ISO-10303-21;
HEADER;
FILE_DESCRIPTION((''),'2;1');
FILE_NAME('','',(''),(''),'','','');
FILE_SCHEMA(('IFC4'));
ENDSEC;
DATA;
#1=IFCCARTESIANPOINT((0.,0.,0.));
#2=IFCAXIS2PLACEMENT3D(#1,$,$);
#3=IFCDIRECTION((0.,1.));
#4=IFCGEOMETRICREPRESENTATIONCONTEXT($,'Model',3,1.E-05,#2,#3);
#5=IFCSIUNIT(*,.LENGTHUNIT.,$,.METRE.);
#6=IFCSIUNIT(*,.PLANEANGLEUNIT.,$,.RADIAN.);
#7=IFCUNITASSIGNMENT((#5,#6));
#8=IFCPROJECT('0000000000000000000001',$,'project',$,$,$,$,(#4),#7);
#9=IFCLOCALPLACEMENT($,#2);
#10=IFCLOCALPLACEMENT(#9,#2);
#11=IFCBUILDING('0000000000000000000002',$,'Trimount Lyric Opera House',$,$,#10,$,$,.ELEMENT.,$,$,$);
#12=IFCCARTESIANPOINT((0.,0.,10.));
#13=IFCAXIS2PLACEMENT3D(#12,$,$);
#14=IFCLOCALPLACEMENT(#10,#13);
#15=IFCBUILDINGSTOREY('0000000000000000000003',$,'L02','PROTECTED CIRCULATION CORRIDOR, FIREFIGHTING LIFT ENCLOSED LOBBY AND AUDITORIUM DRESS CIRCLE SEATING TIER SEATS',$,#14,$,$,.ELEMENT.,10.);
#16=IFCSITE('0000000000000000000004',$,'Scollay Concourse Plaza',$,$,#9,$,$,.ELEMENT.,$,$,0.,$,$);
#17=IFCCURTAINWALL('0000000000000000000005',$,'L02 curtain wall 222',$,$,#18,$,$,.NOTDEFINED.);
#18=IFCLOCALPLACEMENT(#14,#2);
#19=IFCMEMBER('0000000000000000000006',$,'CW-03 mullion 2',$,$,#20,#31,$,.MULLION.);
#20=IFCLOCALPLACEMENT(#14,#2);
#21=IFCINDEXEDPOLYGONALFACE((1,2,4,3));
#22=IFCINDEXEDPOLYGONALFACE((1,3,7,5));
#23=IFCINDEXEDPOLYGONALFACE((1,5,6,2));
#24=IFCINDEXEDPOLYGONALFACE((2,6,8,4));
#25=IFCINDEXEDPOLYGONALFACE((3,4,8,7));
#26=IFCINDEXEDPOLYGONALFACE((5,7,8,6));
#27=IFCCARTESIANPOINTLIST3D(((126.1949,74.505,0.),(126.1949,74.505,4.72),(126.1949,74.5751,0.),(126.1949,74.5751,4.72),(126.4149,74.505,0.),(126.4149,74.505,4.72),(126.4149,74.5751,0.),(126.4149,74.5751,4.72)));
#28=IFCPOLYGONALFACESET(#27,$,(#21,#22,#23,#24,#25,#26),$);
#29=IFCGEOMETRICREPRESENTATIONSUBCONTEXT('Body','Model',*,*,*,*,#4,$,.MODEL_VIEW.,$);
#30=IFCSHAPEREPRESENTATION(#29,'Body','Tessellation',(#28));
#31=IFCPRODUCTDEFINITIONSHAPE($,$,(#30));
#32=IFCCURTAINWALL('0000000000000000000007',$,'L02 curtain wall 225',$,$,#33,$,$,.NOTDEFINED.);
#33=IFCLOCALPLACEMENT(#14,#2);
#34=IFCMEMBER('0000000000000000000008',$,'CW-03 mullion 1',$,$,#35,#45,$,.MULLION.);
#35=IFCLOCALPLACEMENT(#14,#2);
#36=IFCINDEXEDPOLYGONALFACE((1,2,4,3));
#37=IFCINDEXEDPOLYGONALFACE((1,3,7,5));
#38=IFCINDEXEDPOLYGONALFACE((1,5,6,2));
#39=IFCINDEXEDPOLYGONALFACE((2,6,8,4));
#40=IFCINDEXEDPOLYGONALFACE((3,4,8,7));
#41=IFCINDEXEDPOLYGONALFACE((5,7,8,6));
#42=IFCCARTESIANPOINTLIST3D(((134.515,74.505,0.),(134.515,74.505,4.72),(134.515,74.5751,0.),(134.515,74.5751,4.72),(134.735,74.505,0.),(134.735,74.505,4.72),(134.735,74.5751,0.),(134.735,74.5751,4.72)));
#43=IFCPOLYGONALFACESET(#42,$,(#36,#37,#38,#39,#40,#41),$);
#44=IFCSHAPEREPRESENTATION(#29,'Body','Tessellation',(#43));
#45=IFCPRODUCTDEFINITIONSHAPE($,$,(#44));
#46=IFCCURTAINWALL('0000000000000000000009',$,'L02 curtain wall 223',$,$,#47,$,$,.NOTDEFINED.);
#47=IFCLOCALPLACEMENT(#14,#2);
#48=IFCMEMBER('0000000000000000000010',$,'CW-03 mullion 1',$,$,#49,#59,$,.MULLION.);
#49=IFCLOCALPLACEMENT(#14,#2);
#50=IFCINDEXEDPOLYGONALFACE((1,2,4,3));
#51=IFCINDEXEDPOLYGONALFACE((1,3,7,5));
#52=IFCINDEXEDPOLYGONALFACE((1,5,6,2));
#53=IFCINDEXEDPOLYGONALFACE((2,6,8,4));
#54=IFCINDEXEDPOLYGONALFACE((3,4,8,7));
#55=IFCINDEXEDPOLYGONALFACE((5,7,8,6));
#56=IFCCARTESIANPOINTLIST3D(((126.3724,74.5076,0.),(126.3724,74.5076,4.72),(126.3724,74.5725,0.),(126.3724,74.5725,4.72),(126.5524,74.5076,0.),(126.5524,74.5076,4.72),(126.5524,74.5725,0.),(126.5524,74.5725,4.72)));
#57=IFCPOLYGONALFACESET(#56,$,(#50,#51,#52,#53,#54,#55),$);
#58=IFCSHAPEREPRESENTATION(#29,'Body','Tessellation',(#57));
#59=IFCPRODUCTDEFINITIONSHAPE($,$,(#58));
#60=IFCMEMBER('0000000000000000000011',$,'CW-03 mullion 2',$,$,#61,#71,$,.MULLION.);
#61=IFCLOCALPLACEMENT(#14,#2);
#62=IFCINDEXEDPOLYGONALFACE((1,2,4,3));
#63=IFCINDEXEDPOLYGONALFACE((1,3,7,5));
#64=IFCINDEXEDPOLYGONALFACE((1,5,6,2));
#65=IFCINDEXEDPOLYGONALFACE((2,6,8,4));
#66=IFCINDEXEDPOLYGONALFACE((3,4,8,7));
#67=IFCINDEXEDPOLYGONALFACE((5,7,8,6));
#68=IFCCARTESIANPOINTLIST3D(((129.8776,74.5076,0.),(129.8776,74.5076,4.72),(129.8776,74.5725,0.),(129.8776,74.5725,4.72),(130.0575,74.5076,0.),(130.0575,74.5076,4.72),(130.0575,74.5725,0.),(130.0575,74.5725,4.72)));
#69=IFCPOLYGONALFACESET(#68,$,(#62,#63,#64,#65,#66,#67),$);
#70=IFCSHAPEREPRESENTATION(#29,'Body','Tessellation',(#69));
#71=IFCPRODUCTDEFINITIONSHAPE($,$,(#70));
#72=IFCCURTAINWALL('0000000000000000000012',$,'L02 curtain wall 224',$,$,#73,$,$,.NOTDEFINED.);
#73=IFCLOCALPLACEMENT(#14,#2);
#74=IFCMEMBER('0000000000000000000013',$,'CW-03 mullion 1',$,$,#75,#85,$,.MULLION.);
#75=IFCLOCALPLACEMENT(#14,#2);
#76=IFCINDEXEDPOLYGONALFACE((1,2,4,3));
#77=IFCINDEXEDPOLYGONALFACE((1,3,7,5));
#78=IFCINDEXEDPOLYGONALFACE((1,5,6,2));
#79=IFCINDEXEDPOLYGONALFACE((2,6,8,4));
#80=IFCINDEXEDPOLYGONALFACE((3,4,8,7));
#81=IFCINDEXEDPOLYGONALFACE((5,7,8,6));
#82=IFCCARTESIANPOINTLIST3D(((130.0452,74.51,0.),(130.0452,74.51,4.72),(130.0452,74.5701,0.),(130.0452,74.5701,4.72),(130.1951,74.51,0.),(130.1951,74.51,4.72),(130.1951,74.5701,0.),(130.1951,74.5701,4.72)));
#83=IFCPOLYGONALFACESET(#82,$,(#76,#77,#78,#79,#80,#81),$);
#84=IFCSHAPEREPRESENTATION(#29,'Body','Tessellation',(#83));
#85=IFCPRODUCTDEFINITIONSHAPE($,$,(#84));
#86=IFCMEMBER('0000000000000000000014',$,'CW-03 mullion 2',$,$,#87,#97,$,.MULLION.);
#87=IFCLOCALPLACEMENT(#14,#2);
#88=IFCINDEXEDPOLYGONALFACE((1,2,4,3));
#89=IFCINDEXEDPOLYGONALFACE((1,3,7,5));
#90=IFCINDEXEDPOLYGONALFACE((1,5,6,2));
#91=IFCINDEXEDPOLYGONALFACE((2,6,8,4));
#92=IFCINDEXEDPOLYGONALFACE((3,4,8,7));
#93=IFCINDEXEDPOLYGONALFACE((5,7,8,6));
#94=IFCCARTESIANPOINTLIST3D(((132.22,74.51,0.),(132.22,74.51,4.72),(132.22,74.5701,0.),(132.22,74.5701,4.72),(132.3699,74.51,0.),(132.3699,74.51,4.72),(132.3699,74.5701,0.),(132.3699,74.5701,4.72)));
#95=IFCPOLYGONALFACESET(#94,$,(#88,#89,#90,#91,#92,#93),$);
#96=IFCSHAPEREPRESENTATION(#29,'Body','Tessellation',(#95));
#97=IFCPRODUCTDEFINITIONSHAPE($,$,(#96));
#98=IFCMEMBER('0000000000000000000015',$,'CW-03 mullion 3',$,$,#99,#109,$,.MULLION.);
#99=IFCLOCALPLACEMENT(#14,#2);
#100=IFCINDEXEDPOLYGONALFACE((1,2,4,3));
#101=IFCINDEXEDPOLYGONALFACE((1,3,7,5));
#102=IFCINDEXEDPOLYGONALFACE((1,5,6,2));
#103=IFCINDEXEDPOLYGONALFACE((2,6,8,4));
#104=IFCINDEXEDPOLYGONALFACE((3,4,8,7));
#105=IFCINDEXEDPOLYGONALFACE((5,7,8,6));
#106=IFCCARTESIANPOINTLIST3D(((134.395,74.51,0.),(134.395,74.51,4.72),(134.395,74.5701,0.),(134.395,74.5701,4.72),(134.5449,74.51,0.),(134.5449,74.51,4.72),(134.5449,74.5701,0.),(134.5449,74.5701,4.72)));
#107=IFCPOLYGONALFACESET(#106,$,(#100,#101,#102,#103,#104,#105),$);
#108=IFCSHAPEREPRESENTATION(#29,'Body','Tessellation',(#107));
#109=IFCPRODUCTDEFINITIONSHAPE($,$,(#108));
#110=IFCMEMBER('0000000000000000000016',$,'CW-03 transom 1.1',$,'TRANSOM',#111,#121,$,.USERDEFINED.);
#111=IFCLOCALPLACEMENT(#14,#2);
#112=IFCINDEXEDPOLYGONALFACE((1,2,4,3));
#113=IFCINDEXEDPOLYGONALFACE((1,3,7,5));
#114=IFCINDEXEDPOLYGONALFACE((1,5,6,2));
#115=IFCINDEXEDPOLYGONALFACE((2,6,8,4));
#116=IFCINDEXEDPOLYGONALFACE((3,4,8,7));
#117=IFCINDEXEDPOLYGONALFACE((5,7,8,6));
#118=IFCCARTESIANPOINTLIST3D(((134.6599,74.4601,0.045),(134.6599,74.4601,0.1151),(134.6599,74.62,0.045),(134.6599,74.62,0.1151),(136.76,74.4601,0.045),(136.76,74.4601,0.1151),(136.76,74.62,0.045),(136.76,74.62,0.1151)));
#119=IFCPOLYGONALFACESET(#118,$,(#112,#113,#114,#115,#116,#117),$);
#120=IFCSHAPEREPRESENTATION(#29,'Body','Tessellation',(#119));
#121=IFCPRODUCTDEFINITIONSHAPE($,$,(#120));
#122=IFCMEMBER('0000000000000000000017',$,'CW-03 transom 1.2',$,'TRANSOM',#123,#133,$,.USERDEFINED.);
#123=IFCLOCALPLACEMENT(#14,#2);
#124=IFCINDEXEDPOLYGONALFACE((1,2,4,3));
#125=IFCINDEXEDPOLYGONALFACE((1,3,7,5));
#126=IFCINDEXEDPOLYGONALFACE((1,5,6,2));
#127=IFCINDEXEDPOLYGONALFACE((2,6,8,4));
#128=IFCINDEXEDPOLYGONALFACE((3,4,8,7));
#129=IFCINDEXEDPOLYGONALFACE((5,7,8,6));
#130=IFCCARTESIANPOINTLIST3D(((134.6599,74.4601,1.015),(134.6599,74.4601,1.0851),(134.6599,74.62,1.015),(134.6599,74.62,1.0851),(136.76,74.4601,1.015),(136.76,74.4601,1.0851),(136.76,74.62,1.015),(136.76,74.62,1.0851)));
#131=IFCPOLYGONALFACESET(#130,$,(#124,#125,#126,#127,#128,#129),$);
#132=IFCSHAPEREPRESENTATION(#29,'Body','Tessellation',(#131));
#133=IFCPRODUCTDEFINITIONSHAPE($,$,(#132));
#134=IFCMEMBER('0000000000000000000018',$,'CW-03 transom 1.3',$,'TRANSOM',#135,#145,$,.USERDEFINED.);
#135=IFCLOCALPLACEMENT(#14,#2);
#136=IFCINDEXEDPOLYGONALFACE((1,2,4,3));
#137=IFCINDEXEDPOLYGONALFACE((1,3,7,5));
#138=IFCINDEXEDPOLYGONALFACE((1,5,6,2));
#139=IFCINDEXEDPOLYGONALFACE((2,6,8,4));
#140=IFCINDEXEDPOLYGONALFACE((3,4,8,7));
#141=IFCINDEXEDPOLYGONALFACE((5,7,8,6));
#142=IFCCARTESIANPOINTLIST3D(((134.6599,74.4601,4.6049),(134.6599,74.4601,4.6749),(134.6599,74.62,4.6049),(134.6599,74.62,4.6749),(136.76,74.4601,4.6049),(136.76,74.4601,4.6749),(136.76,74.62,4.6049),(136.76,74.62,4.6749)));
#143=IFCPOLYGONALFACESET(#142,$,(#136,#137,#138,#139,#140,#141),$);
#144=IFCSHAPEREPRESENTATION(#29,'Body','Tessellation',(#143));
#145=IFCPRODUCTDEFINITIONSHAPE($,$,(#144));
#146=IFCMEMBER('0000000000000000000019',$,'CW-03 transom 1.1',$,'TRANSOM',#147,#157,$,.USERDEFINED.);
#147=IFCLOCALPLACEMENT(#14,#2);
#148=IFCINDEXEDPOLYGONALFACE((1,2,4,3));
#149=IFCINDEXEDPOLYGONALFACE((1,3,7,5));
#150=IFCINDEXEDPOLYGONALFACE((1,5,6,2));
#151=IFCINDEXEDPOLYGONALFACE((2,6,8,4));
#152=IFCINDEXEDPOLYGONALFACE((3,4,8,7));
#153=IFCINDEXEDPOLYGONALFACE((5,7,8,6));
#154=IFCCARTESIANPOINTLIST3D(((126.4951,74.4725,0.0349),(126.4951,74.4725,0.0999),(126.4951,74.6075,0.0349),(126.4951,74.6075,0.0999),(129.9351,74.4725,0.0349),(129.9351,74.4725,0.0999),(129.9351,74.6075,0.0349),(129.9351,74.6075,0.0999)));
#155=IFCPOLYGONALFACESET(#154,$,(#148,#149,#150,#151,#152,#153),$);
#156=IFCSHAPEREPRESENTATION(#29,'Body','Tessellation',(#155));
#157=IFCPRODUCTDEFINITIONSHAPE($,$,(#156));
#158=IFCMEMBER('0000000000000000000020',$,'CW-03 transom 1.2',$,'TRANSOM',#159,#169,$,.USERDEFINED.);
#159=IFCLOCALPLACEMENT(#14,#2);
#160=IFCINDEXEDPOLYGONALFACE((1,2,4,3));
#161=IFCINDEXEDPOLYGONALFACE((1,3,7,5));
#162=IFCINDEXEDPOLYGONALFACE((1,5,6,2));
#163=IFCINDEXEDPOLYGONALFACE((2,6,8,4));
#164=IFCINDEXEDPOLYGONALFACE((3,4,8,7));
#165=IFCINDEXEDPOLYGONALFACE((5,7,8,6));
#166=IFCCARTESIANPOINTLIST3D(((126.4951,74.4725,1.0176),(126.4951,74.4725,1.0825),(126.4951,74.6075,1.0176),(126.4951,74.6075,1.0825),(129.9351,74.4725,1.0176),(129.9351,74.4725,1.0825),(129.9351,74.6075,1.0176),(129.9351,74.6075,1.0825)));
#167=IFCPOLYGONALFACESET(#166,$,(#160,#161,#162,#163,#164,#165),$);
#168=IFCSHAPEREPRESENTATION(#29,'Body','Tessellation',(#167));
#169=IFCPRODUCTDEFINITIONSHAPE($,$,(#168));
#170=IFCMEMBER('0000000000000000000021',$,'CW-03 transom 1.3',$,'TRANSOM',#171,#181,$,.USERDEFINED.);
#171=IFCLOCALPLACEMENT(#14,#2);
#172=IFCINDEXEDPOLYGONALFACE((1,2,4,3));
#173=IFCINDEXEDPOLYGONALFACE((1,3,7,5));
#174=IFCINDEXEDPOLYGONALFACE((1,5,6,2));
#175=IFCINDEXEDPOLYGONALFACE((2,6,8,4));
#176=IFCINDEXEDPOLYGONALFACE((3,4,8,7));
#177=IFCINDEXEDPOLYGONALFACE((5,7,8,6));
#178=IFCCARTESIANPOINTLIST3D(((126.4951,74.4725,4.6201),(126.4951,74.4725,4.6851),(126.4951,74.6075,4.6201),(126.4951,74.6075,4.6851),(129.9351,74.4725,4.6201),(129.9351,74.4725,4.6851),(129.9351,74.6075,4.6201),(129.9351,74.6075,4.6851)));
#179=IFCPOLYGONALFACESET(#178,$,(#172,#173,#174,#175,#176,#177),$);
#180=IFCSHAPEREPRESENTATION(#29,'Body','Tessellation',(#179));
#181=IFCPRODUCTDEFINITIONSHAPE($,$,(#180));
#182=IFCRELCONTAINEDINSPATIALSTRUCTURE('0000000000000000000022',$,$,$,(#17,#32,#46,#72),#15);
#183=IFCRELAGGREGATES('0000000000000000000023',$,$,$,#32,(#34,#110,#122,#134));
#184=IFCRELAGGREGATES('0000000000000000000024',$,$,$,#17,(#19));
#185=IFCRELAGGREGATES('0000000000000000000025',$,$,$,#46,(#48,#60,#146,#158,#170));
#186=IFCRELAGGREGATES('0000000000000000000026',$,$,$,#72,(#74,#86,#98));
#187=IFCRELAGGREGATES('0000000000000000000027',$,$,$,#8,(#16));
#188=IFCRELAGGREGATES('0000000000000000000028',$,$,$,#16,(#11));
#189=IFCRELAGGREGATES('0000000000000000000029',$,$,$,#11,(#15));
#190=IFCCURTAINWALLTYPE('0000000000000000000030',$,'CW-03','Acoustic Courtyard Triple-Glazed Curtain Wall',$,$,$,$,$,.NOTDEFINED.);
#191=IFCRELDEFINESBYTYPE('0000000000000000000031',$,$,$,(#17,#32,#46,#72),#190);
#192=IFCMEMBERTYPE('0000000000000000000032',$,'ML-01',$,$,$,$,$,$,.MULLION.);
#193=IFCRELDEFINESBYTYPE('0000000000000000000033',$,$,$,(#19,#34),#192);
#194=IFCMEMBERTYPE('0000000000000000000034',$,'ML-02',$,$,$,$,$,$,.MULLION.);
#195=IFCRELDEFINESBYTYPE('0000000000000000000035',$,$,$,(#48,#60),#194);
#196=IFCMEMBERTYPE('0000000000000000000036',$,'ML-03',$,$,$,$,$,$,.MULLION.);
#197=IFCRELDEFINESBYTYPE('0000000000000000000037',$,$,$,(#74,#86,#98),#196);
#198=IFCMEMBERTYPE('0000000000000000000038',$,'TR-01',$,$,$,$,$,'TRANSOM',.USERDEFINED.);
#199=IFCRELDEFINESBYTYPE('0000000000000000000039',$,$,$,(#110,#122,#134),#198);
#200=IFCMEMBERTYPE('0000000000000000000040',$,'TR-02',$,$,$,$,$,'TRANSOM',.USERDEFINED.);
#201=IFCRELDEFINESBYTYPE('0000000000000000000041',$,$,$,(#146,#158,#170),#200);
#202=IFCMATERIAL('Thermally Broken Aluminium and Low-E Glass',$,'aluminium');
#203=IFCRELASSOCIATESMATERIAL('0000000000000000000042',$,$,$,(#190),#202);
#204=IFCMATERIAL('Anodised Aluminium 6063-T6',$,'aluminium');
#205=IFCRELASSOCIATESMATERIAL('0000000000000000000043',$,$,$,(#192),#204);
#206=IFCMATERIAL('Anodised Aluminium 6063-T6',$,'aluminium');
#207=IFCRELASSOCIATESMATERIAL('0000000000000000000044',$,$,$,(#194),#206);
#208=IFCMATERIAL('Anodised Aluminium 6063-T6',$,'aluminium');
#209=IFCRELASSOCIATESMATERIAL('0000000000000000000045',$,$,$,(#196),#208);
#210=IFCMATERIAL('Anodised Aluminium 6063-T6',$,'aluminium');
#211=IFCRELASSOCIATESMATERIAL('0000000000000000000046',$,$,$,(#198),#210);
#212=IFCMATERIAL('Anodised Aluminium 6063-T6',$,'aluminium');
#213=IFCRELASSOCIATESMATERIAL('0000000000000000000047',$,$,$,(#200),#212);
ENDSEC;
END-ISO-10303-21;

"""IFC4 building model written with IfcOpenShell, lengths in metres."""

from ifc_helpers import new_model, si_unit, direction, frame, origin, origin_2d, place, context, subcontext, project, spatial, rectangle, extrude, material, material_profile, profile_set, type_object, element, aggregate, save


model = new_model("IFC4")

# Units and contexts
model_context = context("Model", 3, precision=1e-05, world=origin(), true_north=direction((0.0, 1.0)))
body_context = subcontext(model_context, "Body", "Model", "MODEL_VIEW")
ifc_project = project(units=[si_unit("LENGTHUNIT", "METRE"), si_unit("PLANEANGLEUNIT", "RADIAN")], contexts=[model_context])

# Site, building, storey
site_placement = place(None, origin())
site = spatial("IfcSite", under=ifc_project, at=site_placement, Name="Scollay Concourse Plaza", CompositionType="ELEMENT", RefElevation=0.0)
building_placement = place(site_placement, origin())
building = spatial("IfcBuilding", under=site, at=building_placement, Name="Trimount Lyric Opera House", CompositionType="ELEMENT")
storey_placement = place(building_placement, frame((0.0, 0.0, 10.0)))
storey = spatial("IfcBuildingStorey", under=building, at=storey_placement, Name="L02", Description="PROTECTED CIRCULATION CORRIDOR, FIREFIGHTING LIFT ENCLOSED LOBBY AND AUDITORIUM DRESS CIRCLE SEATING TIER SEATS", CompositionType="ELEMENT", Elevation=10.0)

# Curtain walls, members
ifc_material_1 = material(Name="Thermally Broken Aluminium and Low-E Glass", Category="aluminium")
curtain_wall_type = type_object("IfcCurtainWallType", Name="CW-03", Description="Acoustic Courtyard Triple-Glazed Curtain Wall", PredefinedType="NOTDEFINED", material=ifc_material_1)
curtain_wall_1_placement = place(storey_placement, origin())
curtain_wall_1 = element("IfcCurtainWall", 1, at=curtain_wall_1_placement, inside=storey, type_object=curtain_wall_type, Name="L02 curtain wall 222", PredefinedType="NOTDEFINED")
ifc_material_2 = material(Name="Anodised Aluminium 6063-T6", Category="aluminium")
ifc_material_profile_1 = material_profile(ifc_material_2, rectangle(XDim=0.0701, YDim=0.22, at=origin_2d()), Name="ALU-MULL-70X220")
ifc_profile_set_1 = profile_set([ifc_material_profile_1], Name="Anodised Aluminium 6063-T6")
member_type_1 = type_object("IfcMemberType", Name="ML-01", PredefinedType="MULLION", material=ifc_profile_set_1)
member_1_placement = place(storey_placement, frame((126.3049, 74.54, 0.0), z_axis=(0.0, 0.0, 1.0), x_axis=(0.0, 1.0, 0.0)))
member_1 = element("IfcMember", 2, at=member_1_placement, type_object=member_type_1, Name="CW-03 mullion 2", PredefinedType="MULLION", context=body_context, shape_type="SweptSolid", body=[
    extrude(rectangle(XDim=0.0701, YDim=0.22, at=origin_2d()), origin(), (0.0, 0.0, 1.0), 4.72),
])
curtain_wall_2_placement = place(storey_placement, origin())
curtain_wall_2 = element("IfcCurtainWall", 3, at=curtain_wall_2_placement, inside=storey, type_object=curtain_wall_type, Name="L02 curtain wall 225", PredefinedType="NOTDEFINED")
member_2_placement = place(storey_placement, frame((134.625, 74.54, 0.0), z_axis=(0.0, 0.0, 1.0), x_axis=(0.0, 1.0, 0.0)))
member_2 = element("IfcMember", 4, at=member_2_placement, type_object=member_type_1, Name="CW-03 mullion 1", PredefinedType="MULLION", context=body_context, shape_type="SweptSolid", body=[
    extrude(rectangle(XDim=0.0701, YDim=0.22, at=origin_2d()), origin(), (0.0, 0.0, 1.0), 4.72),
])

# Curtain walls, members
curtain_wall_3_placement = place(storey_placement, origin())
curtain_wall_3 = element("IfcCurtainWall", 5, at=curtain_wall_3_placement, inside=storey, type_object=curtain_wall_type, Name="L02 curtain wall 223", PredefinedType="NOTDEFINED")
ifc_material_3 = material(Name="Anodised Aluminium 6063-T6", Category="aluminium")
ifc_material_profile_2 = material_profile(ifc_material_3, rectangle(XDim=0.0649, YDim=0.1799, at=origin_2d()), Name="ALU-MULL-65X180")
ifc_profile_set_2 = profile_set([ifc_material_profile_2], Name="Anodised Aluminium 6063-T6")
member_type_2 = type_object("IfcMemberType", Name="ML-02", PredefinedType="MULLION", material=ifc_profile_set_2)
member_3_placement = place(storey_placement, frame((126.4624, 74.54, 0.0), z_axis=(0.0, 0.0, 1.0), x_axis=(0.0, 1.0, 0.0)))
member_3 = element("IfcMember", 6, at=member_3_placement, type_object=member_type_2, Name="CW-03 mullion 1", PredefinedType="MULLION", context=body_context, shape_type="SweptSolid", body=[
    extrude(rectangle(XDim=0.0649, YDim=0.1799, at=origin_2d()), origin(), (0.0, 0.0, 1.0), 4.72),
])
member_4_placement = place(storey_placement, frame((129.9675, 74.54, 0.0), z_axis=(0.0, 0.0, 1.0), x_axis=(0.0, 1.0, 0.0)))
member_4 = element("IfcMember", 7, at=member_4_placement, type_object=member_type_2, Name="CW-03 mullion 2", PredefinedType="MULLION", context=body_context, shape_type="SweptSolid", body=[
    extrude(rectangle(XDim=0.0649, YDim=0.1799, at=origin_2d()), origin(), (0.0, 0.0, 1.0), 4.72),
])
curtain_wall_4_placement = place(storey_placement, origin())
curtain_wall_4 = element("IfcCurtainWall", 8, at=curtain_wall_4_placement, inside=storey, type_object=curtain_wall_type, Name="L02 curtain wall 224", PredefinedType="NOTDEFINED")
ifc_material_4 = material(Name="Anodised Aluminium 6063-T6", Category="aluminium")
ifc_material_profile_3 = material_profile(ifc_material_4, rectangle(XDim=0.0601, YDim=0.1499, at=origin_2d()), Name="ALU-MULL-60X150")
ifc_profile_set_3 = profile_set([ifc_material_profile_3], Name="Anodised Aluminium 6063-T6")
member_type_3 = type_object("IfcMemberType", Name="ML-03", PredefinedType="MULLION", material=ifc_profile_set_3)
member_5_placement = place(storey_placement, frame((130.1201, 74.54, 0.0), z_axis=(0.0, 0.0, 1.0), x_axis=(0.0, 1.0, 0.0)))
member_5 = element("IfcMember", 9, at=member_5_placement, type_object=member_type_3, Name="CW-03 mullion 1", PredefinedType="MULLION", context=body_context, shape_type="SweptSolid", body=[
    extrude(rectangle(XDim=0.0601, YDim=0.1499, at=origin_2d()), origin(), (0.0, 0.0, 1.0), 4.72),
])
member_6_placement = place(storey_placement, frame((132.2949, 74.54, 0.0), z_axis=(0.0, 0.0, 1.0), x_axis=(0.0, 1.0, 0.0)))
member_6 = element("IfcMember", 10, at=member_6_placement, type_object=member_type_3, Name="CW-03 mullion 2", PredefinedType="MULLION", context=body_context, shape_type="SweptSolid", body=[
    extrude(rectangle(XDim=0.0601, YDim=0.1499, at=origin_2d()), origin(), (0.0, 0.0, 1.0), 4.72),
])
member_7_placement = place(storey_placement, frame((134.47, 74.54, 0.0), z_axis=(0.0, 0.0, 1.0), x_axis=(0.0, 1.0, 0.0)))
member_7 = element("IfcMember", 11, at=member_7_placement, type_object=member_type_3, Name="CW-03 mullion 3", PredefinedType="MULLION", context=body_context, shape_type="SweptSolid", body=[
    extrude(rectangle(XDim=0.0601, YDim=0.1499, at=origin_2d()), origin(), (0.0, 0.0, 1.0), 4.72),
])

# Members
ifc_material_5 = material(Name="Anodised Aluminium 6063-T6", Category="aluminium")
ifc_material_profile_4 = material_profile(ifc_material_5, rectangle(XDim=0.1599, YDim=0.0701, at=origin_2d()), Name="ALU-TRAN-70X160")
ifc_profile_set_4 = profile_set([ifc_material_profile_4], Name="Anodised Aluminium 6063-T6")
member_type_4 = type_object("IfcMemberType", Name="TR-01", ElementType="TRANSOM", PredefinedType="USERDEFINED", material=ifc_profile_set_4)
member_8_placement = place(storey_placement, frame((134.6599, 74.54, 0.0801), z_axis=(1.0, 0.0, 0.0), x_axis=(0.0, 1.0, 0.0)))
member_8 = element("IfcMember", 12, at=member_8_placement, type_object=member_type_4, Name="CW-03 transom 1.1", ObjectType="TRANSOM", PredefinedType="USERDEFINED", context=body_context, shape_type="SweptSolid", body=[
    extrude(rectangle(XDim=0.1599, YDim=0.0701, at=origin_2d()), origin(), (0.0, 0.0, 1.0), 2.1001),
])
member_9_placement = place(storey_placement, frame((134.6599, 74.54, 1.05), z_axis=(1.0, 0.0, 0.0), x_axis=(0.0, 1.0, 0.0)))
member_9 = element("IfcMember", 13, at=member_9_placement, type_object=member_type_4, Name="CW-03 transom 1.2", ObjectType="TRANSOM", PredefinedType="USERDEFINED", context=body_context, shape_type="SweptSolid", body=[
    extrude(rectangle(XDim=0.1599, YDim=0.0701, at=origin_2d()), origin(), (0.0, 0.0, 1.0), 2.1001),
])
member_10_placement = place(storey_placement, frame((134.6599, 74.54, 4.6399), z_axis=(1.0, 0.0, 0.0), x_axis=(0.0, 1.0, 0.0)))
member_10 = element("IfcMember", 14, at=member_10_placement, type_object=member_type_4, Name="CW-03 transom 1.3", ObjectType="TRANSOM", PredefinedType="USERDEFINED", context=body_context, shape_type="SweptSolid", body=[
    extrude(rectangle(XDim=0.1599, YDim=0.0701, at=origin_2d()), origin(), (0.0, 0.0, 1.0), 2.1001),
])
ifc_material_6 = material(Name="Anodised Aluminium 6063-T6", Category="aluminium")
ifc_material_profile_5 = material_profile(ifc_material_6, rectangle(XDim=0.135, YDim=0.0649, at=origin_2d()), Name="ALU-TRAN-65X135")
ifc_profile_set_5 = profile_set([ifc_material_profile_5], Name="Anodised Aluminium 6063-T6")
member_type_5 = type_object("IfcMemberType", Name="TR-02", ElementType="TRANSOM", PredefinedType="USERDEFINED", material=ifc_profile_set_5)
member_11_placement = place(storey_placement, frame((126.4951, 74.54, 0.0674), z_axis=(1.0, 0.0, 0.0), x_axis=(0.0, 1.0, 0.0)))
member_11 = element("IfcMember", 15, at=member_11_placement, type_object=member_type_5, Name="CW-03 transom 1.1", ObjectType="TRANSOM", PredefinedType="USERDEFINED", context=body_context, shape_type="SweptSolid", body=[
    extrude(rectangle(XDim=0.135, YDim=0.0649, at=origin_2d()), origin(), (0.0, 0.0, 1.0), 3.4399),
])
member_12_placement = place(storey_placement, frame((126.4951, 74.54, 1.05), z_axis=(1.0, 0.0, 0.0), x_axis=(0.0, 1.0, 0.0)))
member_12 = element("IfcMember", 16, at=member_12_placement, type_object=member_type_5, Name="CW-03 transom 1.2", ObjectType="TRANSOM", PredefinedType="USERDEFINED", context=body_context, shape_type="SweptSolid", body=[
    extrude(rectangle(XDim=0.135, YDim=0.0649, at=origin_2d()), origin(), (0.0, 0.0, 1.0), 3.4399),
])
member_13_placement = place(storey_placement, frame((126.4951, 74.54, 4.6526), z_axis=(1.0, 0.0, 0.0), x_axis=(0.0, 1.0, 0.0)))
member_13 = element("IfcMember", 17, at=member_13_placement, type_object=member_type_5, Name="CW-03 transom 1.3", ObjectType="TRANSOM", PredefinedType="USERDEFINED", context=body_context, shape_type="SweptSolid", body=[
    extrude(rectangle(XDim=0.135, YDim=0.0649, at=origin_2d()), origin(), (0.0, 0.0, 1.0), 3.4399),
])

aggregate(curtain_wall_2, [member_2, member_8, member_9, member_10])
aggregate(curtain_wall_1, [member_1])
aggregate(curtain_wall_3, [member_3, member_4, member_11, member_12, member_13])
aggregate(curtain_wall_4, [member_5, member_6, member_7])

save(model, "model.ifc")
